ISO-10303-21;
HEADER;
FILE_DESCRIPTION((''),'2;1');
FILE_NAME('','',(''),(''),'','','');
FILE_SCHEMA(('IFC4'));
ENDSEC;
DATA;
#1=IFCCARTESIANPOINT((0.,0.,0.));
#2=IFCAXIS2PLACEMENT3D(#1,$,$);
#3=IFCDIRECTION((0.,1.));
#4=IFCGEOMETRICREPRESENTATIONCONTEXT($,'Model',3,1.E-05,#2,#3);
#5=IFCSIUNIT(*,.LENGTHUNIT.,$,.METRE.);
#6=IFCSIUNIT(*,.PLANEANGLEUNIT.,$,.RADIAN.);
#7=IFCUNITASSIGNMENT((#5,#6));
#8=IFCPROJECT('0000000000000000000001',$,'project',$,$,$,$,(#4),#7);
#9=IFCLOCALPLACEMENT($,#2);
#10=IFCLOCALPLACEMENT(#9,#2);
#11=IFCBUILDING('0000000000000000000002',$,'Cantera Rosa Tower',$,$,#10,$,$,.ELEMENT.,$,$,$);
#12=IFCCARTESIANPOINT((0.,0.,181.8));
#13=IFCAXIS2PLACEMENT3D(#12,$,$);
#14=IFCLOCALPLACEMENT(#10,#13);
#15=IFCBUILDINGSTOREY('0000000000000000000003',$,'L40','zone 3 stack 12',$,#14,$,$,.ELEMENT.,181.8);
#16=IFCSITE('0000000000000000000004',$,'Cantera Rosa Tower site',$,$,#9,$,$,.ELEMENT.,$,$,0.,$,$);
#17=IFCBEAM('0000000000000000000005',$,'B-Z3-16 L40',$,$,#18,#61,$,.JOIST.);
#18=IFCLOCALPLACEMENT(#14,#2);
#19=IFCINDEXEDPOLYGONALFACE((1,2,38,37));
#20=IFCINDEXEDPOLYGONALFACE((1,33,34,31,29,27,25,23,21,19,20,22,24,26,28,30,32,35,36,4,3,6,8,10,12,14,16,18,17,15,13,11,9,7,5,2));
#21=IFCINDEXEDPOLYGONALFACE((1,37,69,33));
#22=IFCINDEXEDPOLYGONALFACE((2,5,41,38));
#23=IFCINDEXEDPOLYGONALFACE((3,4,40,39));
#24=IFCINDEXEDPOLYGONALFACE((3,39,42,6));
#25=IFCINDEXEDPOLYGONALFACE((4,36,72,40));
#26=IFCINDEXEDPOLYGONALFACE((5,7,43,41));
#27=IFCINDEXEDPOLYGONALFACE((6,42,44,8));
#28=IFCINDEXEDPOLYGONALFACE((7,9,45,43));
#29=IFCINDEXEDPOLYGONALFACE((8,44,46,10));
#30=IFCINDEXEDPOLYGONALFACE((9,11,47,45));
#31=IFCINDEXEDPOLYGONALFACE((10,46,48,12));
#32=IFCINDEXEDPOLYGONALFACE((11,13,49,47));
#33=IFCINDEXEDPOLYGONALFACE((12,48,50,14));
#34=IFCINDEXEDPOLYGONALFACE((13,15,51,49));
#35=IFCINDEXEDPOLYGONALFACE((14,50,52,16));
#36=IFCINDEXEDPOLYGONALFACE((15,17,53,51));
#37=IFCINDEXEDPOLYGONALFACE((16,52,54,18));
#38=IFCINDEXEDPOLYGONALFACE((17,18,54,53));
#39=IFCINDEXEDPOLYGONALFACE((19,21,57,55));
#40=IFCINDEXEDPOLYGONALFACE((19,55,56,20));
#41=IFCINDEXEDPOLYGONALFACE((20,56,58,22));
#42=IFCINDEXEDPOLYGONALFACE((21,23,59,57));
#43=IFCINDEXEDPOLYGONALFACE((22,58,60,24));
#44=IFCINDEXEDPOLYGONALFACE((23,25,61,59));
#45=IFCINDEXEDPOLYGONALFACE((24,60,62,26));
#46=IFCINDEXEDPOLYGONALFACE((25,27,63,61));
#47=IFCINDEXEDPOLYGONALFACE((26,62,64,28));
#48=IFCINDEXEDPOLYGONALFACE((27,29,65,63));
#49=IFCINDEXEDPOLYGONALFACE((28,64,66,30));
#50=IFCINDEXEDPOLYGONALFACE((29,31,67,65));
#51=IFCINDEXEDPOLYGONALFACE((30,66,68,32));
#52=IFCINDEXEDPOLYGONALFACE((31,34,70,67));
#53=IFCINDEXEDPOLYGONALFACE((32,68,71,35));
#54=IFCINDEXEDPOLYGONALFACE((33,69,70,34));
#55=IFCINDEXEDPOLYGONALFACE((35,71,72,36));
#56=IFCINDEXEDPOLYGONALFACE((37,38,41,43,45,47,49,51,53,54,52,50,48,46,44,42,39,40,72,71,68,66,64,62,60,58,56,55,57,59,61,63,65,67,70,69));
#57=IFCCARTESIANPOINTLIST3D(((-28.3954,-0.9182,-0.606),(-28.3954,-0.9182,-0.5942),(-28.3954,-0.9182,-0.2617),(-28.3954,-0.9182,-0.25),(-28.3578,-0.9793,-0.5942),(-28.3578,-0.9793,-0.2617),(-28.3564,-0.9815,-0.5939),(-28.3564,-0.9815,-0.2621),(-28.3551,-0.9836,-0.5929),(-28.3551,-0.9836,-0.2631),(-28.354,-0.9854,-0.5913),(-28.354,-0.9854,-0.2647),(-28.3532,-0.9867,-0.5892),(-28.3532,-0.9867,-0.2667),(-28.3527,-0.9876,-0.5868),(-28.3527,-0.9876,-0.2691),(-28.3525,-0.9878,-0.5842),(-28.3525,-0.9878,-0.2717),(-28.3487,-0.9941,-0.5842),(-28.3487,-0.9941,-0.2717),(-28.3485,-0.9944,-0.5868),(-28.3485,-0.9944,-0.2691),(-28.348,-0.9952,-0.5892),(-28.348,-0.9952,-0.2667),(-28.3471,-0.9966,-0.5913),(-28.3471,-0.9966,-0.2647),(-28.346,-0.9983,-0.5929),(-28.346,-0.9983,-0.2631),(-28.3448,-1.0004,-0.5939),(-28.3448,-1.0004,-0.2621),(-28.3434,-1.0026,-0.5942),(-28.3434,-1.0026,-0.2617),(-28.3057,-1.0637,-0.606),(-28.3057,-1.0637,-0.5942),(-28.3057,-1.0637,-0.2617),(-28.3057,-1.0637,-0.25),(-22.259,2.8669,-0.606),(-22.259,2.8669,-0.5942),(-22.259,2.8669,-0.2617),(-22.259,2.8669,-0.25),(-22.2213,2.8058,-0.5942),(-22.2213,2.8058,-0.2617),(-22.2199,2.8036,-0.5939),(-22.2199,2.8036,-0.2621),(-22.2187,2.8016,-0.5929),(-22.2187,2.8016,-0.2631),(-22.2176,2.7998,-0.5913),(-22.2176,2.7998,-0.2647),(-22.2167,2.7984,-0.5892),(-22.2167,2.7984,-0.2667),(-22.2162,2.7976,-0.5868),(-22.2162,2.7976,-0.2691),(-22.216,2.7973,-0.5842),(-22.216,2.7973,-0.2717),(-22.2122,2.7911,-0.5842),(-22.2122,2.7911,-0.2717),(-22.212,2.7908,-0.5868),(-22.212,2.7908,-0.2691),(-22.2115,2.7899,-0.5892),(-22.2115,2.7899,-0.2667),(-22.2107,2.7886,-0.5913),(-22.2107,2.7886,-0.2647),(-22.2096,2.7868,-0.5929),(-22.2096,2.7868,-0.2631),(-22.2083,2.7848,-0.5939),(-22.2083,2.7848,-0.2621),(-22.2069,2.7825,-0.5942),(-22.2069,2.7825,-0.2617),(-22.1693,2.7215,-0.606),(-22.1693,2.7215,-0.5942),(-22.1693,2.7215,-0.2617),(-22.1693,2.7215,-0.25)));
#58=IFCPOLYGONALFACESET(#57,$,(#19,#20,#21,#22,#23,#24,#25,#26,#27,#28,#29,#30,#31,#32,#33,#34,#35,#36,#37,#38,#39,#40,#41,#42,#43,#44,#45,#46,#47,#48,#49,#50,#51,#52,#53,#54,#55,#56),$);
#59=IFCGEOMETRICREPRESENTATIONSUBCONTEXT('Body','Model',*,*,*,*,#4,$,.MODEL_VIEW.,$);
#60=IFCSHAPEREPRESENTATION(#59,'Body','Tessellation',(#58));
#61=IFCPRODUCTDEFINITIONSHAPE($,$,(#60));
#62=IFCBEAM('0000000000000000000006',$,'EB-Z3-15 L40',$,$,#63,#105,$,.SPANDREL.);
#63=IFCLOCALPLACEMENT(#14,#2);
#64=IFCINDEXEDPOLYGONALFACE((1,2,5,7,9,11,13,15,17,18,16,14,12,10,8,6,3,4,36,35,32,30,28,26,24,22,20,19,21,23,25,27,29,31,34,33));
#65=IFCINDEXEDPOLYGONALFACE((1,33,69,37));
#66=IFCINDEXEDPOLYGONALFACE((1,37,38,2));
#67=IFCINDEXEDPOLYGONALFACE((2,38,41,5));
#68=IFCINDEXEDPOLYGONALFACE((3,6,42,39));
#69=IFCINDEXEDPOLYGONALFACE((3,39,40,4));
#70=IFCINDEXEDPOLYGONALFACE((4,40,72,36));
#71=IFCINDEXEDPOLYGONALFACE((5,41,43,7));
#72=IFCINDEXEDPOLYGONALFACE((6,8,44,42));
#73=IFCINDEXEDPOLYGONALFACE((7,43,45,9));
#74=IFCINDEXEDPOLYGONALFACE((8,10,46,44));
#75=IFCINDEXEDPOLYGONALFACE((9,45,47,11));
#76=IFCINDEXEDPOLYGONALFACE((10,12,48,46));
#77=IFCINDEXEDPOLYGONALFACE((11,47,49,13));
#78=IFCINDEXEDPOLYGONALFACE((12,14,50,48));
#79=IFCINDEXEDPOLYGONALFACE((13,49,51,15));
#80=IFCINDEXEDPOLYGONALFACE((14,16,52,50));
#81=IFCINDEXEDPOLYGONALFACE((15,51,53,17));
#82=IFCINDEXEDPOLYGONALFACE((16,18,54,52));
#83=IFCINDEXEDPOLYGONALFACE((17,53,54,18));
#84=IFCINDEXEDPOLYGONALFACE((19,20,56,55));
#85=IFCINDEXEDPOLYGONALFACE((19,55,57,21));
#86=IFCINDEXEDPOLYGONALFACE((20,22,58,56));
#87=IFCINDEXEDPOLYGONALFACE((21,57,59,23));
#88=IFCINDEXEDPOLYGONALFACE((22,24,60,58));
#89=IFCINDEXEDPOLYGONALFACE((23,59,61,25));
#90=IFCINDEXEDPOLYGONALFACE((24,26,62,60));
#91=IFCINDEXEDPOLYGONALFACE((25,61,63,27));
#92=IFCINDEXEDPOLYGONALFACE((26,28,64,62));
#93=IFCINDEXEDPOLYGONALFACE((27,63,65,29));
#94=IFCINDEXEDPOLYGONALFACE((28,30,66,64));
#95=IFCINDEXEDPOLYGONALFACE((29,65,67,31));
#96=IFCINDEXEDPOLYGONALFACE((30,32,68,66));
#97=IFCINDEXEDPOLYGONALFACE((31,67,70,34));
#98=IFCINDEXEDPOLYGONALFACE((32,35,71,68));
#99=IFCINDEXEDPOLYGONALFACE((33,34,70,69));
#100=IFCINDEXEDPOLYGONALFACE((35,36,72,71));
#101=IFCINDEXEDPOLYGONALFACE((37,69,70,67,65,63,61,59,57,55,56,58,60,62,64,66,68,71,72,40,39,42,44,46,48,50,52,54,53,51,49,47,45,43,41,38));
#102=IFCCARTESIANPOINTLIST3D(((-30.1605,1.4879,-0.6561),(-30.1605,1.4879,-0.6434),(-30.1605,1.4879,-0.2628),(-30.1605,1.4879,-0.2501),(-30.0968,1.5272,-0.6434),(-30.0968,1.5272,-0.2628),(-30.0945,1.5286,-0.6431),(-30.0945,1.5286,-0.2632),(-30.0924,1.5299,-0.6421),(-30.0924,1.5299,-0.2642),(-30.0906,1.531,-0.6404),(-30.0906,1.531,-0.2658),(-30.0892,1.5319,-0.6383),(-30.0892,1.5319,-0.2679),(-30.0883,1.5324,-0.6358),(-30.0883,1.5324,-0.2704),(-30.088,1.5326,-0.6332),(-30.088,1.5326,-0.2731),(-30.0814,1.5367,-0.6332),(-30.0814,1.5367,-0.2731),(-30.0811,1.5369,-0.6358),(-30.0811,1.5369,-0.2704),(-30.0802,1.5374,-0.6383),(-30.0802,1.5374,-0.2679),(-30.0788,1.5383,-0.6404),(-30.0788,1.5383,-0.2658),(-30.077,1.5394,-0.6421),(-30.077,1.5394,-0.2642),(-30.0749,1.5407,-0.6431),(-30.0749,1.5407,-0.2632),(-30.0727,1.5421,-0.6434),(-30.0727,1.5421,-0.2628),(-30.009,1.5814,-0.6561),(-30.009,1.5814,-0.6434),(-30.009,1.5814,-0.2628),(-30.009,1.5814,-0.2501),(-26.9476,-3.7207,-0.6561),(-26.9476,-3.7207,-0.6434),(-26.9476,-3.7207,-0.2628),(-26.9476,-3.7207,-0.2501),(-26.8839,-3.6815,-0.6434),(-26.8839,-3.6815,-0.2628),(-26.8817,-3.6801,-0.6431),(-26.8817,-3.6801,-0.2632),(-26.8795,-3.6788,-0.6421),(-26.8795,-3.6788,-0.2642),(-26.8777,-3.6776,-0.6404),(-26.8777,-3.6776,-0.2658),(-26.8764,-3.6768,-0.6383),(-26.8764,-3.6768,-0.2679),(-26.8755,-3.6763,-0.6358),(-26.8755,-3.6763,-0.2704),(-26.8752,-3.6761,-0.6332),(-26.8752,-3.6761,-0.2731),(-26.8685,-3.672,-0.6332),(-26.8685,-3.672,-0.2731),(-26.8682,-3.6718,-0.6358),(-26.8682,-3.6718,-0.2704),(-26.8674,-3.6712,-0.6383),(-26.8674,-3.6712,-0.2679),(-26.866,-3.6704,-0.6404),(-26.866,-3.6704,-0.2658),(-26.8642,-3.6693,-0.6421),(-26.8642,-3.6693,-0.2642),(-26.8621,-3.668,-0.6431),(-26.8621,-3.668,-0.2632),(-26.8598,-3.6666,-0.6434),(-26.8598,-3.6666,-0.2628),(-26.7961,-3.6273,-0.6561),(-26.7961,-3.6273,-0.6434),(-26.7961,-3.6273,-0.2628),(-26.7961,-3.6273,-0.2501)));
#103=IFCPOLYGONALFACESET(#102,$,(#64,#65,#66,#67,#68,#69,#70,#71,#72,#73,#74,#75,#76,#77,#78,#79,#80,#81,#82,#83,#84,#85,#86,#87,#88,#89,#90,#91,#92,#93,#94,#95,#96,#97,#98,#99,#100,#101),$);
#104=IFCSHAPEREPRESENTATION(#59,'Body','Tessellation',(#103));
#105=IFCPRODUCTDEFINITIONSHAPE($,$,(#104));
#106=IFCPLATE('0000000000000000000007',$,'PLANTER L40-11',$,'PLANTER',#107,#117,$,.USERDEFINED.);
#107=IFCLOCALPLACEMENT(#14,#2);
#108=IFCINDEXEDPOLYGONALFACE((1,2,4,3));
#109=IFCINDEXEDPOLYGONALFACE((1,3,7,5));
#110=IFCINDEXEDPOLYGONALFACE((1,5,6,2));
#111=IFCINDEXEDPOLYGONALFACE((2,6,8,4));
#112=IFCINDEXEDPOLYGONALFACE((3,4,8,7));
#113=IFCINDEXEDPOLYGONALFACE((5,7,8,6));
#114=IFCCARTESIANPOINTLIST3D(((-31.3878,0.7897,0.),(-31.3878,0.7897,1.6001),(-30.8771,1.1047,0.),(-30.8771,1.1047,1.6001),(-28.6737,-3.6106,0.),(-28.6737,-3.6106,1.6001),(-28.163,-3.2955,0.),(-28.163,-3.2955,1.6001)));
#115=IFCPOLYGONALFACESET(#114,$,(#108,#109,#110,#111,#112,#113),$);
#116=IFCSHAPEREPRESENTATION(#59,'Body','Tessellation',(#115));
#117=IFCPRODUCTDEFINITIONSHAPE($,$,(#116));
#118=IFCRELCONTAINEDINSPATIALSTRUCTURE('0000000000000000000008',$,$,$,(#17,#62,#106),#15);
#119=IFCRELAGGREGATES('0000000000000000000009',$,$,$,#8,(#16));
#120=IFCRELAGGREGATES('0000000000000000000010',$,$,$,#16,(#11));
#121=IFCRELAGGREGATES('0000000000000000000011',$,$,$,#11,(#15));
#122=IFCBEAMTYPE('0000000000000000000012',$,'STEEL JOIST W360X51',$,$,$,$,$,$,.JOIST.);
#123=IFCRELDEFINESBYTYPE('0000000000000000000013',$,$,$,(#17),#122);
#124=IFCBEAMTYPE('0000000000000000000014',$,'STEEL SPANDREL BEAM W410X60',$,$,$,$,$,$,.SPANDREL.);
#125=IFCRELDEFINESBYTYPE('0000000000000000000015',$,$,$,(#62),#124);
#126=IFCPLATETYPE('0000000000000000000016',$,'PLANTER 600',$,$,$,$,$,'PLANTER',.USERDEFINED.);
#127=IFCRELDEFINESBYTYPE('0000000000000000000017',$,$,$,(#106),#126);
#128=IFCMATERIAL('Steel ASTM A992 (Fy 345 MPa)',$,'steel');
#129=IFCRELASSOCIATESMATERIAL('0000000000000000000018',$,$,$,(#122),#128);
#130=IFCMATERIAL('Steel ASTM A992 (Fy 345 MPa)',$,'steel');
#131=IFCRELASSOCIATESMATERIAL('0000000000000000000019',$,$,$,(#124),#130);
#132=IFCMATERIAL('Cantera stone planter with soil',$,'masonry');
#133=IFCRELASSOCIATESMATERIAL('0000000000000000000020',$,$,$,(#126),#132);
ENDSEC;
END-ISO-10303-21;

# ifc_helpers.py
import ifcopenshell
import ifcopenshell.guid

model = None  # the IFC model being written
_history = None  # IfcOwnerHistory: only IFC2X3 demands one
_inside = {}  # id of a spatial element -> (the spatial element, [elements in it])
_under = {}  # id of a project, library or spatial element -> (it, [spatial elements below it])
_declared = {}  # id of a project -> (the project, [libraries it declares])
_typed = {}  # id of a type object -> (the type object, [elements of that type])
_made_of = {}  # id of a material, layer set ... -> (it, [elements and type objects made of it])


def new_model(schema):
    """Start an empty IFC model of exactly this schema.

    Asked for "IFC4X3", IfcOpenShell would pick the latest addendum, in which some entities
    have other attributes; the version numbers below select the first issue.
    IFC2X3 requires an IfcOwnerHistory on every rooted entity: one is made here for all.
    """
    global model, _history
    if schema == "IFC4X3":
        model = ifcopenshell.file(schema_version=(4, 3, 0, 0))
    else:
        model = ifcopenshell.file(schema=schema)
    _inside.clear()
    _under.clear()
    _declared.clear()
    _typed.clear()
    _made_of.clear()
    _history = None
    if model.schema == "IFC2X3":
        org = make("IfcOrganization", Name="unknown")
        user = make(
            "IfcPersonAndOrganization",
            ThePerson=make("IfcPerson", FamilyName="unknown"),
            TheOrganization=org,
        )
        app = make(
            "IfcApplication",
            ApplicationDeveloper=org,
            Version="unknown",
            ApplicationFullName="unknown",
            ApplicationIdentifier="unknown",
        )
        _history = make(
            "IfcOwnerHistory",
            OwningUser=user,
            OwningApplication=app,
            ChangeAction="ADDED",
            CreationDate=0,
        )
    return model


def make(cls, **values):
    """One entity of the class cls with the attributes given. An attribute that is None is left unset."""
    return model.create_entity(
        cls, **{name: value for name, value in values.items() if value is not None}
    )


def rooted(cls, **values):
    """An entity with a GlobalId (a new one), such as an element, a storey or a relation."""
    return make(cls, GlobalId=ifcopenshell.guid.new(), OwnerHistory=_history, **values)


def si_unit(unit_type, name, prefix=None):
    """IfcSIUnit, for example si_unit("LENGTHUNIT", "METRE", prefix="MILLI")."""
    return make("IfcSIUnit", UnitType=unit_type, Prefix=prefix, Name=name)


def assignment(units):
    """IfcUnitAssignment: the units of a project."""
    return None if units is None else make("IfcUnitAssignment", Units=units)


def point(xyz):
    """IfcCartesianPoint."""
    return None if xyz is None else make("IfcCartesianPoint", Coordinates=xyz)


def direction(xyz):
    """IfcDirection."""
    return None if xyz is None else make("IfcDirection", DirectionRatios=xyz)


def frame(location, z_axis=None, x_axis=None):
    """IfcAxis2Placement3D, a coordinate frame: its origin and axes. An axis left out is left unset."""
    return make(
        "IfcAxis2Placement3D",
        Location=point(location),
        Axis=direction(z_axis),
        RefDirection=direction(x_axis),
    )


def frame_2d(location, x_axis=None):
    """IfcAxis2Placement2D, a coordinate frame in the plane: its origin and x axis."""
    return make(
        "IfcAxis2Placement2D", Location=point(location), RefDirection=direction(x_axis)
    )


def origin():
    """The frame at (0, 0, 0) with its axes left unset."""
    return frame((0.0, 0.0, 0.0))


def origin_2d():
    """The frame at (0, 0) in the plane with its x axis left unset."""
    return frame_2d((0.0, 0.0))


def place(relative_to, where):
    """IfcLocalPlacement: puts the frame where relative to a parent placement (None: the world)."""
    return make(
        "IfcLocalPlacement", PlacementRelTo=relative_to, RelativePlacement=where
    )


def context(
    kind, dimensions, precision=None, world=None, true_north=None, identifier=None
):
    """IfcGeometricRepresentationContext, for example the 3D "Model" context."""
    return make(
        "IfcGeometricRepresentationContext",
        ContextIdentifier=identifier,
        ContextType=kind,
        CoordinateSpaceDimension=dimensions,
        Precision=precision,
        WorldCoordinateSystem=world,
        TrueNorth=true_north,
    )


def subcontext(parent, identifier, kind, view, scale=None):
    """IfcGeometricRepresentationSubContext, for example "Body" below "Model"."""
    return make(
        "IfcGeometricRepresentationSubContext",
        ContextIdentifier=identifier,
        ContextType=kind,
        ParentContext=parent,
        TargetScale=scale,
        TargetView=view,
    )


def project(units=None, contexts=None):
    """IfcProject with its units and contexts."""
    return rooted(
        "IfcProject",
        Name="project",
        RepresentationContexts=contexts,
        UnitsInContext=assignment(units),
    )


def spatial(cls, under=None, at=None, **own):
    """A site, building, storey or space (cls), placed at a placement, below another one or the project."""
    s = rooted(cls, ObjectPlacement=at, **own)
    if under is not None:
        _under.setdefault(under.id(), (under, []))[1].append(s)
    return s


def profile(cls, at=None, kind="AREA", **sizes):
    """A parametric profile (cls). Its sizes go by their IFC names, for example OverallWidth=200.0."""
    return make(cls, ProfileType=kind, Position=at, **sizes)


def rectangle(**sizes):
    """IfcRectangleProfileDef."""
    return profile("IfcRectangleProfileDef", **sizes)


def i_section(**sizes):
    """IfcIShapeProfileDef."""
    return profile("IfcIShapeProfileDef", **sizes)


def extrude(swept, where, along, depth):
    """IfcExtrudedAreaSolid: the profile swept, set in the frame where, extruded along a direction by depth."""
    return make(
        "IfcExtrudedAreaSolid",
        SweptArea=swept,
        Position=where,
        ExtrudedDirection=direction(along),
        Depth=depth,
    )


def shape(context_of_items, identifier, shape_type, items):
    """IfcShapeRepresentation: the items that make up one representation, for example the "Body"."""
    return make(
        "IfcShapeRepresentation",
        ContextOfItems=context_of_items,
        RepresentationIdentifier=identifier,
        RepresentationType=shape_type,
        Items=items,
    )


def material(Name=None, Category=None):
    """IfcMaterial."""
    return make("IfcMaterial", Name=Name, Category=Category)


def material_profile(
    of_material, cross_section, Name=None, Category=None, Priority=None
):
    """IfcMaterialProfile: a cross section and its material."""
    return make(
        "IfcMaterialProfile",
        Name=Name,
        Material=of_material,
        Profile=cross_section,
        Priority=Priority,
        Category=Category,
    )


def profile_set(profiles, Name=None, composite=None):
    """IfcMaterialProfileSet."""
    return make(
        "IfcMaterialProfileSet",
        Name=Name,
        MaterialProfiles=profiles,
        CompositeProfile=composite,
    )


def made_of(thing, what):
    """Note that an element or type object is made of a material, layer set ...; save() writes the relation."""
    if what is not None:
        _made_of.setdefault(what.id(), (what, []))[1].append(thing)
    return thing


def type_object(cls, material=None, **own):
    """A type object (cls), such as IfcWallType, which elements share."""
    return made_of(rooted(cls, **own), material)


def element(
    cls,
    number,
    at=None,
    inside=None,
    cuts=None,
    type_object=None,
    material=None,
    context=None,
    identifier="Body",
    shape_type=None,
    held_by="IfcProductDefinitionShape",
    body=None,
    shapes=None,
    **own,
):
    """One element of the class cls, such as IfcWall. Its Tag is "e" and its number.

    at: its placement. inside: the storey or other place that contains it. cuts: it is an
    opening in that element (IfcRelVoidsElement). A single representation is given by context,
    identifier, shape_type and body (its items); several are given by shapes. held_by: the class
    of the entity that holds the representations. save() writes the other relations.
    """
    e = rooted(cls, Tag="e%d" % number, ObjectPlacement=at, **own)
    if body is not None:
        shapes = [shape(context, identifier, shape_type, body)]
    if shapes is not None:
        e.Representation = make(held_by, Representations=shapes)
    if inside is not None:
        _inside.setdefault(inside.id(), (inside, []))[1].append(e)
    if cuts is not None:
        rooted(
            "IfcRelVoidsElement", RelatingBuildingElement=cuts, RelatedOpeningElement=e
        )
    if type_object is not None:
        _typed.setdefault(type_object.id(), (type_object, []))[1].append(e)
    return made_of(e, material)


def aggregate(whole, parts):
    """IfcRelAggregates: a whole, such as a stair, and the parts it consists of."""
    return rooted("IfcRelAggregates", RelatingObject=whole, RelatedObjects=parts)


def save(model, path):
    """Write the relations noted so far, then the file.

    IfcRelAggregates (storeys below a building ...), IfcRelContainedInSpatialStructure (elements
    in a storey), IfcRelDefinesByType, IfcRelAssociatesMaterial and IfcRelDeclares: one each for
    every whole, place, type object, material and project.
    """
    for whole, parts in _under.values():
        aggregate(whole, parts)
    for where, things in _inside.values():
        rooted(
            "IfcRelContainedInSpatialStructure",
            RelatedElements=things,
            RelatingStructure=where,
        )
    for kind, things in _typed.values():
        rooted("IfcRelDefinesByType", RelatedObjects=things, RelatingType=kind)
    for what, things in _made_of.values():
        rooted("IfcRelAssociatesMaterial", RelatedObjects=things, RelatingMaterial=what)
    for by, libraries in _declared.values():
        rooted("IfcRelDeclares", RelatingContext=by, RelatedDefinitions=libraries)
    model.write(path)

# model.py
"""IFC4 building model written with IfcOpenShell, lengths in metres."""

from ifc_helpers import new_model, si_unit, direction, frame, origin, origin_2d, place, context, subcontext, project, spatial, rectangle, i_section, extrude, material, material_profile, profile_set, type_object, element, save


model = new_model("IFC4")

# Units and contexts
model_context = context("Model", 3, precision=1e-05, world=origin(), true_north=direction((0.0, 1.0)))
body_context = subcontext(model_context, "Body", "Model", "MODEL_VIEW")
ifc_project = project(units=[si_unit("LENGTHUNIT", "METRE"), si_unit("PLANEANGLEUNIT", "RADIAN")], contexts=[model_context])

# Site, building, storey
site_placement = place(None, origin())
site = spatial("IfcSite", under=ifc_project, at=site_placement, Name="Cantera Rosa Tower site", CompositionType="ELEMENT", RefElevation=0.0)
building_placement = place(site_placement, origin())
building = spatial("IfcBuilding", under=site, at=building_placement, Name="Cantera Rosa Tower", CompositionType="ELEMENT")
storey_placement = place(building_placement, frame((0.0, 0.0, 181.8)))
storey = spatial("IfcBuildingStorey", under=building, at=storey_placement, Name="L40", Description="zone 3 stack 12", CompositionType="ELEMENT", Elevation=181.8)

# Beams
ifc_material_1 = material(Name="Steel ASTM A992 (Fy 345 MPa)", Category="steel")
ifc_material_profile_1 = material_profile(ifc_material_1, i_section(OverallWidth=0.1709, OverallDepth=0.356, WebThickness=0.0073, FlangeThickness=0.0117, FilletRadius=0.01, at=origin_2d()), Name="W360X51")
ifc_profile_set_1 = profile_set([ifc_material_profile_1], Name="Steel ASTM A992 (Fy 345 MPa)")
beam_type_1 = type_object("IfcBeamType", Name="STEEL JOIST W360X51", PredefinedType="JOIST", material=ifc_profile_set_1)
beam_1_placement = place(storey_placement, frame((-28.3506, -0.991, -0.428), z_axis=(0.851109, 0.524989, 0.0), x_axis=(-0.524989, 0.851109, 0.0)))
element("IfcBeam", 1, at=beam_1_placement, inside=storey, type_object=beam_type_1, Name="B-Z3-16 L40", PredefinedType="JOIST", context=body_context, shape_type="SweptSolid", body=[
    extrude(i_section(OverallWidth=0.1709, OverallDepth=0.356, WebThickness=0.0073, FlangeThickness=0.0117, FilletRadius=0.01, at=origin_2d()), origin(), (0.0, 0.0, 1.0), 7.21),
])
ifc_material_2 = material(Name="Steel ASTM A992 (Fy 345 MPa)", Category="steel")
ifc_material_profile_2 = material_profile(ifc_material_2, i_section(OverallWidth=0.178, OverallDepth=0.406, WebThickness=0.0078, FlangeThickness=0.0127, FilletRadius=0.0103, at=origin_2d()), Name="W410X60")
ifc_profile_set_2 = profile_set([ifc_material_profile_2], Name="Steel ASTM A992 (Fy 345 MPa)")
beam_type_2 = type_object("IfcBeamType", Name="STEEL SPANDREL BEAM W410X60", PredefinedType="SPANDREL", material=ifc_profile_set_2)
beam_2_placement = place(storey_placement, frame((-30.0847, 1.5347, -0.4531), z_axis=(0.524987, -0.85111, 0.0), x_axis=(0.85111, 0.524987, 0.0)))
element("IfcBeam", 2, at=beam_2_placement, inside=storey, type_object=beam_type_2, Name="EB-Z3-15 L40", PredefinedType="SPANDREL", context=body_context, shape_type="SweptSolid", body=[
    extrude(i_section(OverallWidth=0.178, OverallDepth=0.406, WebThickness=0.0078, FlangeThickness=0.0127, FilletRadius=0.0103, at=origin_2d()), origin(), (0.0, 0.0, 1.0), 6.1199),
])

# Plate
ifc_material_3 = material(Name="Cantera stone planter with soil", Category="masonry")
plate_type = type_object("IfcPlateType", Name="PLANTER 600", ElementType="PLANTER", PredefinedType="USERDEFINED", material=ifc_material_3)
plate_placement = place(storey_placement, frame((-29.7754, -1.2529, 0.0), z_axis=(0.0, 0.0, 1.0), x_axis=(0.524977, -0.851117, 0.0)))
element("IfcPlate", 3, at=plate_placement, inside=storey, type_object=plate_type, Name="PLANTER L40-11", ObjectType="PLANTER", PredefinedType="USERDEFINED", context=body_context, shape_type="SweptSolid", body=[
    extrude(rectangle(XDim=5.1699, YDim=0.6001, at=origin_2d()), origin(), (0.0, 0.0, 1.0), 1.6001),
])

save(model, "model.ifc")
